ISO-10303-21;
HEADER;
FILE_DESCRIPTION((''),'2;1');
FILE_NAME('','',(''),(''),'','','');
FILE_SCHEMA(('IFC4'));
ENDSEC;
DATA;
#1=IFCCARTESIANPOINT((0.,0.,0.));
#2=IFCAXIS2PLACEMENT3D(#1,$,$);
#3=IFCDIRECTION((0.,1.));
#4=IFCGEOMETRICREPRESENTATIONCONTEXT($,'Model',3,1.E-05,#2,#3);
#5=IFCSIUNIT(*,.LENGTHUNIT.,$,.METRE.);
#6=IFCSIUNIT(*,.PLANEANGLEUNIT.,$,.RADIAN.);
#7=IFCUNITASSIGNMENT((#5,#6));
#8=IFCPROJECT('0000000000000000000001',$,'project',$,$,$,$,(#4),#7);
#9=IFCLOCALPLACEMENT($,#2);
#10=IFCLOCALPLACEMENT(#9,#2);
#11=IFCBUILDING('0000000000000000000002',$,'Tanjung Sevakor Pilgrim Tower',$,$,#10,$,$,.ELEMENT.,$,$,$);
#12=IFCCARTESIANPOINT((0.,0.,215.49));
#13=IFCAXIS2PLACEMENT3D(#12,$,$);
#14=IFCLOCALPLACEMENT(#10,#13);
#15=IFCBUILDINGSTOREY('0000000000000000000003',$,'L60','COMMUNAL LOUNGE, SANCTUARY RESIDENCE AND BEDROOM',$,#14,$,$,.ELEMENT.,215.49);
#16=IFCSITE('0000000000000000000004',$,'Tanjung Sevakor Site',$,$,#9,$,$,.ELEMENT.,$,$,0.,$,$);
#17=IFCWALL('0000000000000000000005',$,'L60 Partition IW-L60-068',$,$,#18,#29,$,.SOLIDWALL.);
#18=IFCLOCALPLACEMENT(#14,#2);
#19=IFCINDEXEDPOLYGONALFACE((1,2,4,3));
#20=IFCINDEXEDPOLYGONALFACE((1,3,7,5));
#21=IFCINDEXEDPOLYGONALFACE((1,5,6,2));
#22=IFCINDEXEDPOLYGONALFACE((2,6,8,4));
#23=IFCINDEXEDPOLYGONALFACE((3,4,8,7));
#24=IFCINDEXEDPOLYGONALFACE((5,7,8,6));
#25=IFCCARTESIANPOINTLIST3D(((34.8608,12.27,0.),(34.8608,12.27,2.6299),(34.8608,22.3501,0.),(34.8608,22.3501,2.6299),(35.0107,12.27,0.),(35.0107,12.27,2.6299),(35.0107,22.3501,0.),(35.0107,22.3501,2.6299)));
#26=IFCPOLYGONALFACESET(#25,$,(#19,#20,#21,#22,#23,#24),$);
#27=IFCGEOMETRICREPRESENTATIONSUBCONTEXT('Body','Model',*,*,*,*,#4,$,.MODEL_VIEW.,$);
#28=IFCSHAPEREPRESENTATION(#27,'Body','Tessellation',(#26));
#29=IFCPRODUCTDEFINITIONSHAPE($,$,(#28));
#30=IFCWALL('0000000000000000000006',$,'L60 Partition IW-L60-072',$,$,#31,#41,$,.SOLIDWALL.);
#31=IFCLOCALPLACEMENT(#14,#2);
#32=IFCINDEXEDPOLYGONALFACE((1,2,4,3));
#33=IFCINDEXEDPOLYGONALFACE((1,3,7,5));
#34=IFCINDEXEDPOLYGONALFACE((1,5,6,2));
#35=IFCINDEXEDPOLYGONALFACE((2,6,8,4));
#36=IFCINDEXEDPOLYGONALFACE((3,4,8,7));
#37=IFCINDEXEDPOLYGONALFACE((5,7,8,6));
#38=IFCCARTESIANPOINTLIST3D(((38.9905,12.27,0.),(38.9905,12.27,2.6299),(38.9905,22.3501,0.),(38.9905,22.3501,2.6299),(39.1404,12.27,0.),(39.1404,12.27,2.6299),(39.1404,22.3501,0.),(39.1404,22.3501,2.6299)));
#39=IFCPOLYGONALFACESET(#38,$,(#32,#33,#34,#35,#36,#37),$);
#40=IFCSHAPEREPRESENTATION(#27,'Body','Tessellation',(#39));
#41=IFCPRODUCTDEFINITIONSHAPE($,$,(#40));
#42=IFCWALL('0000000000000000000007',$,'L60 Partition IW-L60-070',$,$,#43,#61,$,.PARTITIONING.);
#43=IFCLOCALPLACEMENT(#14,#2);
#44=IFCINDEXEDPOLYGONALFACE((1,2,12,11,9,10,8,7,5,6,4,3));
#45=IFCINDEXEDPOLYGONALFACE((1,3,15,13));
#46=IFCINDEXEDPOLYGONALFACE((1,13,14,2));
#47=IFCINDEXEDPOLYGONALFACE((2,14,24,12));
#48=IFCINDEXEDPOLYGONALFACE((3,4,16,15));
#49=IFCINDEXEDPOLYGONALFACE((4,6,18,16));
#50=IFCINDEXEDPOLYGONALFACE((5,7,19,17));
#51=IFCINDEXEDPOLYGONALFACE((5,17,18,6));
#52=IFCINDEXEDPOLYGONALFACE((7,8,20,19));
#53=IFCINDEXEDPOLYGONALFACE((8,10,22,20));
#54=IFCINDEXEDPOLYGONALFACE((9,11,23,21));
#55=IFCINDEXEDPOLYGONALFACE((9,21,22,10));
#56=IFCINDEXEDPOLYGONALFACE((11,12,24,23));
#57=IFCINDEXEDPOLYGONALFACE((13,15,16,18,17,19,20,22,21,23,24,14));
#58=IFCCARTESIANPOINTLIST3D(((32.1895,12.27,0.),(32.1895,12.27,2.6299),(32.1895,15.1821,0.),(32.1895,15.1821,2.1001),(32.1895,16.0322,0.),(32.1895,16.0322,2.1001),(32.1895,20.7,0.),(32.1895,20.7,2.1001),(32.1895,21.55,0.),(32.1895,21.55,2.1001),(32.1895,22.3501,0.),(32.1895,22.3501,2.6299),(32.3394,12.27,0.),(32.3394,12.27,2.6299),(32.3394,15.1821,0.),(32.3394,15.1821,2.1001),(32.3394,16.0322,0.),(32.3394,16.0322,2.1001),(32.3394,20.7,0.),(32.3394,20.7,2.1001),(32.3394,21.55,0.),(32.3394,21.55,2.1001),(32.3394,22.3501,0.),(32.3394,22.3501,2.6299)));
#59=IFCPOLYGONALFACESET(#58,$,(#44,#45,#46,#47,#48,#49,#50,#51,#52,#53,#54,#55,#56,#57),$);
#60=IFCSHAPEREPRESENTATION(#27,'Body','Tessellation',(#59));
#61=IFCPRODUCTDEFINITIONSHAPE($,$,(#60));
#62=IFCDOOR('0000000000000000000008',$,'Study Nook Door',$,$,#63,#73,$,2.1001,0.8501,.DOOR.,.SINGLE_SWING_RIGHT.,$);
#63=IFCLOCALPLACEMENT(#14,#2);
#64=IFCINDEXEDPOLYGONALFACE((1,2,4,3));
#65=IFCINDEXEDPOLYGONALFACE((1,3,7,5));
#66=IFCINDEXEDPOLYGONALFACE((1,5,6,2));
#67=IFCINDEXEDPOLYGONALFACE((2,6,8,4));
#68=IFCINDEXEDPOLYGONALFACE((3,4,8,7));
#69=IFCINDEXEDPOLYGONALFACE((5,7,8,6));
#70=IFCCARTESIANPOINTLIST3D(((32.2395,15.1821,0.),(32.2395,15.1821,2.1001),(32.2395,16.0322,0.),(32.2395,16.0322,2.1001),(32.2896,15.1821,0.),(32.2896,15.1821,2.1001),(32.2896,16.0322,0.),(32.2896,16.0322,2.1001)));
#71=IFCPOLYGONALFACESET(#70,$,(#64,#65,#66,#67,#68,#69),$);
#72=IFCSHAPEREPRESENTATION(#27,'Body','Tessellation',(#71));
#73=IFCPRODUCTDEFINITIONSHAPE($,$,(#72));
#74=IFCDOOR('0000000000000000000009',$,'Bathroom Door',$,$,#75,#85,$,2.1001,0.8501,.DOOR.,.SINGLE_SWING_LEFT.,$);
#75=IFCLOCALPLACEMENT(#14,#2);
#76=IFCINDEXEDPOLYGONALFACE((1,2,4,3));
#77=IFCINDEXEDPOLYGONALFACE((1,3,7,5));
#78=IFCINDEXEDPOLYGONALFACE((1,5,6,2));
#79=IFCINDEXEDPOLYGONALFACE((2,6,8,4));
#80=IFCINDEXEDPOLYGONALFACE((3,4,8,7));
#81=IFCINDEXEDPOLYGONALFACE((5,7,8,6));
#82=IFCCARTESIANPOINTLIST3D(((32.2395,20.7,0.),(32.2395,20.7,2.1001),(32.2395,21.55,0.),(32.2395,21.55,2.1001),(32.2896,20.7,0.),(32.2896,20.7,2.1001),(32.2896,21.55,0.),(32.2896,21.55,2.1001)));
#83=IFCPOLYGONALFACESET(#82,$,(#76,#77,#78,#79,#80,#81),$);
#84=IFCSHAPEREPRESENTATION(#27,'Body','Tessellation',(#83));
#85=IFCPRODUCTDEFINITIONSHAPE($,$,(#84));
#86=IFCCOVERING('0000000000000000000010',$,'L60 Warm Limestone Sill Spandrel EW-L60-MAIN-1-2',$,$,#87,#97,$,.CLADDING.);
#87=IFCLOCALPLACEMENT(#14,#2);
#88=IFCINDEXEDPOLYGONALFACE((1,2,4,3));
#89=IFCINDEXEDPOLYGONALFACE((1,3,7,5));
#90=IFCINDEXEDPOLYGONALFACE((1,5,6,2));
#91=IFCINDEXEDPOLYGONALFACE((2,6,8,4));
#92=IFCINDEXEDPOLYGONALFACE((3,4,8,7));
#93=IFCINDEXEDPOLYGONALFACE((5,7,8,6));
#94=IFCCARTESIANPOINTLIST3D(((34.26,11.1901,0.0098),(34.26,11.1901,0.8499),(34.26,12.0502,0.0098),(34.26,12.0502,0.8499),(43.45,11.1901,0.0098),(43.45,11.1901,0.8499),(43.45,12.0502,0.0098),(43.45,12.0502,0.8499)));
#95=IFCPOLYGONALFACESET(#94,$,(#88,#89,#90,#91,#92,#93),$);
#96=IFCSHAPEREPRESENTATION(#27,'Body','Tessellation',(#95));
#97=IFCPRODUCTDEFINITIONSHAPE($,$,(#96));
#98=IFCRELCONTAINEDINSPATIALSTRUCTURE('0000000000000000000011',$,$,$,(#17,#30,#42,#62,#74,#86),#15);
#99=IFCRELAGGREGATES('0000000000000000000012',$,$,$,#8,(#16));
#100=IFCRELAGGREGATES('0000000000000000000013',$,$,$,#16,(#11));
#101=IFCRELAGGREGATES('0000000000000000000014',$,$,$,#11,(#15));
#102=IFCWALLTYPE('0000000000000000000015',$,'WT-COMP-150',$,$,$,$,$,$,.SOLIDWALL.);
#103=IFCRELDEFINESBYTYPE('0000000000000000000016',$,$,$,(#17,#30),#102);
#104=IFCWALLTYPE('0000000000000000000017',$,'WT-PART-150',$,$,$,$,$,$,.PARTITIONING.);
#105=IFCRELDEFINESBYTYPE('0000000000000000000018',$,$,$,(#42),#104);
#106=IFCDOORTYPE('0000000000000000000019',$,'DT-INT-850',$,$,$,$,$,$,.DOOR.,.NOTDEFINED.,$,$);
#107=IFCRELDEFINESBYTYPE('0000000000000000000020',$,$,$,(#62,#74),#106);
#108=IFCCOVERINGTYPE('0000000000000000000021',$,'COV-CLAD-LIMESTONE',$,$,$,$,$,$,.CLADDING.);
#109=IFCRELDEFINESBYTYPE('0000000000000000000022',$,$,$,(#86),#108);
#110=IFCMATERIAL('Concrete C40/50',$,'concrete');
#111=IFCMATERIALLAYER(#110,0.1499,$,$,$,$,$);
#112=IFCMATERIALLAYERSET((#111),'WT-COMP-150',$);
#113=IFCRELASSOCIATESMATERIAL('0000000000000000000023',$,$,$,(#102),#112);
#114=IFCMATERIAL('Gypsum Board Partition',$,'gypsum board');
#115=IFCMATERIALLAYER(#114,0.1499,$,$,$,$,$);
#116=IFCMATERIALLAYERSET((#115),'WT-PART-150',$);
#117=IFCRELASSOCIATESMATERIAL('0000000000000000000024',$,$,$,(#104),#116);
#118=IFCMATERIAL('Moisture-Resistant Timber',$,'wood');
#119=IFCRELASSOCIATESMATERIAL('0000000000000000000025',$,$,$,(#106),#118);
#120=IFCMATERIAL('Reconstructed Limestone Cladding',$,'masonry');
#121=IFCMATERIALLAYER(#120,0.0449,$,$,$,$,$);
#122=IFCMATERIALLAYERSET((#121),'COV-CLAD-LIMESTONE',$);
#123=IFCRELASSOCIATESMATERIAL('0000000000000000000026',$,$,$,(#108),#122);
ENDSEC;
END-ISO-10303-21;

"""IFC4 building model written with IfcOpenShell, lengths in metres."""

from ifc_helpers import new_model, si_unit, direction, frame, frame_2d, origin, origin_2d, place, context, subcontext, project, spatial, rectangle, extrude, material, layer, layer_set, type_object, element, fill, save


model = new_model("IFC4")

# Units and contexts
model_context = context("Model", 3, precision=1e-05, world=origin(), true_north=direction((0.0, 1.0)))
body_context = subcontext(model_context, "Body", "Model", "MODEL_VIEW")
ifc_project = project(units=[si_unit("LENGTHUNIT", "METRE"), si_unit("PLANEANGLEUNIT", "RADIAN")], contexts=[model_context])

# Site, building, storey
site_placement = place(None, origin())
site = spatial("IfcSite", under=ifc_project, at=site_placement, Name="Tanjung Sevakor Site", CompositionType="ELEMENT", RefElevation=0.0)
building_placement = place(site_placement, origin())
building = spatial("IfcBuilding", under=site, at=building_placement, Name="Tanjung Sevakor Pilgrim Tower", CompositionType="ELEMENT")
storey_placement = place(building_placement, frame((0.0, 0.0, 215.49)))
storey = spatial("IfcBuildingStorey", under=building, at=storey_placement, Name="L60", Description="COMMUNAL LOUNGE, SANCTUARY RESIDENCE AND BEDROOM", CompositionType="ELEMENT", Elevation=215.49)

# Wall
ifc_material_1 = material(Name="Concrete C40/50", Category="concrete")
ifc_layer_1 = layer(ifc_material_1, 0.1499)
ifc_layer_set_1 = layer_set([ifc_layer_1], Name="WT-COMP-150")
wall_type_1 = type_object("IfcWallType", Name="WT-COMP-150", PredefinedType="SOLIDWALL", material=ifc_layer_set_1)
wall_1_placement = place(storey_placement, frame((34.9358, 12.27, 0.0), z_axis=(0.0, 0.0, 1.0), x_axis=(0.0, 1.0, 0.0)))
element("IfcWall", 1, at=wall_1_placement, inside=storey, type_object=wall_type_1, Name="L60 Partition IW-L60-068", PredefinedType="SOLIDWALL", context=body_context, shape_type="SweptSolid", body=[
    extrude(rectangle(XDim=10.0801, YDim=0.1499, at=frame_2d((5.04, 0.0))), origin(), (0.0, 0.0, 1.0), 2.6299),
])

# Wall
wall_2_placement = place(storey_placement, frame((39.0654, 12.27, 0.0), z_axis=(0.0, 0.0, 1.0), x_axis=(0.0, 1.0, 0.0)))
element("IfcWall", 2, at=wall_2_placement, inside=storey, type_object=wall_type_1, Name="L60 Partition IW-L60-072", PredefinedType="SOLIDWALL", context=body_context, shape_type="SweptSolid", body=[
    extrude(rectangle(XDim=10.0801, YDim=0.1499, at=frame_2d((5.04, 0.0))), origin(), (0.0, 0.0, 1.0), 2.6299),
])

# Wall, openings, doors
ifc_material_2 = material(Name="Gypsum Board Partition", Category="gypsum board")
ifc_layer_2 = layer(ifc_material_2, 0.1499)
ifc_layer_set_2 = layer_set([ifc_layer_2], Name="WT-PART-150")
wall_type_2 = type_object("IfcWallType", Name="WT-PART-150", PredefinedType="PARTITIONING", material=ifc_layer_set_2)
wall_3_placement = place(storey_placement, frame((32.2644, 12.27, 0.0), z_axis=(0.0, 0.0, 1.0), x_axis=(0.0, 1.0, 0.0)))
wall_3 = element("IfcWall", 3, at=wall_3_placement, inside=storey, type_object=wall_type_2, Name="L60 Partition IW-L60-070", PredefinedType="PARTITIONING", context=body_context, shape_type="SweptSolid", body=[
    extrude(rectangle(XDim=10.0801, YDim=0.1499, at=frame_2d((5.04, 0.0))), origin(), (0.0, 0.0, 1.0), 2.6299),
])
opening_1_placement = place(wall_3_placement, frame((2.9121, 0.0, 0.0)))
opening_1 = element("IfcOpeningElement", 4, at=opening_1_placement, cuts=wall_3, PredefinedType="OPENING", context=body_context, shape_type="SweptSolid", body=[
    extrude(rectangle(XDim=0.8501, YDim=2.1001, at=frame_2d((0.425, 1.05))), frame((0.0, 0.085, 0.0), z_axis=(0.0, -1.0, 0.0), x_axis=(1.0, 0.0, 0.0)), (0.0, 0.0, 1.0), 0.1699),
])
opening_2_placement = place(wall_3_placement, frame((8.4299, 0.0, 0.0)))
opening_2 = element("IfcOpeningElement", 5, at=opening_2_placement, cuts=wall_3, PredefinedType="OPENING", context=body_context, shape_type="SweptSolid", body=[
    extrude(rectangle(XDim=0.8501, YDim=2.1001, at=frame_2d((0.425, 1.05))), frame((0.0, 0.085, 0.0), z_axis=(0.0, -1.0, 0.0), x_axis=(1.0, 0.0, 0.0)), (0.0, 0.0, 1.0), 0.1699),
])
ifc_material_3 = material(Name="Moisture-Resistant Timber", Category="wood")
door_type_1 = type_object("IfcDoorType", Name="DT-INT-850", OperationType="NOTDEFINED", PredefinedType="DOOR", material=ifc_material_3)
door_1_placement = place(opening_1_placement, origin())
door_1 = element("IfcDoor", 6, at=door_1_placement, inside=storey, type_object=door_type_1, Name="Study Nook Door", OperationType="SINGLE_SWING_RIGHT", OverallHeight=2.1001, OverallWidth=0.8501, PredefinedType="DOOR", context=body_context, shape_type="SweptSolid", body=[
    extrude(rectangle(XDim=0.8501, YDim=2.1001, at=frame_2d((0.425, 1.05))), frame((0.0, 0.0249, 0.0), z_axis=(0.0, -1.0, 0.0), x_axis=(1.0, 0.0, 0.0)), (0.0, 0.0, 1.0), 0.05),
])
fill(opening_1, door_1)
door_2_placement = place(opening_2_placement, origin())
door_2 = element("IfcDoor", 7, at=door_2_placement, inside=storey, type_object=door_type_1, Name="Bathroom Door", OperationType="SINGLE_SWING_LEFT", OverallHeight=2.1001, OverallWidth=0.8501, PredefinedType="DOOR", context=body_context, shape_type="SweptSolid", body=[
    extrude(rectangle(XDim=0.8501, YDim=2.1001, at=frame_2d((0.425, 1.05))), frame((0.0, 0.0249, 0.0), z_axis=(0.0, -1.0, 0.0), x_axis=(1.0, 0.0, 0.0)), (0.0, 0.0, 1.0), 0.05),
])
fill(opening_2, door_2)

# Covering
ifc_material_4 = material(Name="Reconstructed Limestone Cladding", Category="masonry")
ifc_layer_3 = layer(ifc_material_4, 0.0449)
ifc_layer_set_3 = layer_set([ifc_layer_3], Name="COV-CLAD-LIMESTONE")
covering_type = type_object("IfcCoveringType", Name="COV-CLAD-LIMESTONE", PredefinedType="CLADDING", material=ifc_layer_set_3)
covering_placement = place(storey_placement, frame((38.855, 11.6201, 0.0098), z_axis=(0.0, 0.0, 1.0), x_axis=(1.0, 0.0, 0.0)))
element("IfcCovering", 8, at=covering_placement, inside=storey, type_object=covering_type, Name="L60 Warm Limestone Sill Spandrel EW-L60-MAIN-1-2", PredefinedType="CLADDING", context=body_context, shape_type="SweptSolid", body=[
    extrude(rectangle(XDim=9.1899, YDim=0.8601, at=origin_2d()), origin(), (0.0, 0.0, 1.0), 0.8401),
])

save(model, "model.ifc")
